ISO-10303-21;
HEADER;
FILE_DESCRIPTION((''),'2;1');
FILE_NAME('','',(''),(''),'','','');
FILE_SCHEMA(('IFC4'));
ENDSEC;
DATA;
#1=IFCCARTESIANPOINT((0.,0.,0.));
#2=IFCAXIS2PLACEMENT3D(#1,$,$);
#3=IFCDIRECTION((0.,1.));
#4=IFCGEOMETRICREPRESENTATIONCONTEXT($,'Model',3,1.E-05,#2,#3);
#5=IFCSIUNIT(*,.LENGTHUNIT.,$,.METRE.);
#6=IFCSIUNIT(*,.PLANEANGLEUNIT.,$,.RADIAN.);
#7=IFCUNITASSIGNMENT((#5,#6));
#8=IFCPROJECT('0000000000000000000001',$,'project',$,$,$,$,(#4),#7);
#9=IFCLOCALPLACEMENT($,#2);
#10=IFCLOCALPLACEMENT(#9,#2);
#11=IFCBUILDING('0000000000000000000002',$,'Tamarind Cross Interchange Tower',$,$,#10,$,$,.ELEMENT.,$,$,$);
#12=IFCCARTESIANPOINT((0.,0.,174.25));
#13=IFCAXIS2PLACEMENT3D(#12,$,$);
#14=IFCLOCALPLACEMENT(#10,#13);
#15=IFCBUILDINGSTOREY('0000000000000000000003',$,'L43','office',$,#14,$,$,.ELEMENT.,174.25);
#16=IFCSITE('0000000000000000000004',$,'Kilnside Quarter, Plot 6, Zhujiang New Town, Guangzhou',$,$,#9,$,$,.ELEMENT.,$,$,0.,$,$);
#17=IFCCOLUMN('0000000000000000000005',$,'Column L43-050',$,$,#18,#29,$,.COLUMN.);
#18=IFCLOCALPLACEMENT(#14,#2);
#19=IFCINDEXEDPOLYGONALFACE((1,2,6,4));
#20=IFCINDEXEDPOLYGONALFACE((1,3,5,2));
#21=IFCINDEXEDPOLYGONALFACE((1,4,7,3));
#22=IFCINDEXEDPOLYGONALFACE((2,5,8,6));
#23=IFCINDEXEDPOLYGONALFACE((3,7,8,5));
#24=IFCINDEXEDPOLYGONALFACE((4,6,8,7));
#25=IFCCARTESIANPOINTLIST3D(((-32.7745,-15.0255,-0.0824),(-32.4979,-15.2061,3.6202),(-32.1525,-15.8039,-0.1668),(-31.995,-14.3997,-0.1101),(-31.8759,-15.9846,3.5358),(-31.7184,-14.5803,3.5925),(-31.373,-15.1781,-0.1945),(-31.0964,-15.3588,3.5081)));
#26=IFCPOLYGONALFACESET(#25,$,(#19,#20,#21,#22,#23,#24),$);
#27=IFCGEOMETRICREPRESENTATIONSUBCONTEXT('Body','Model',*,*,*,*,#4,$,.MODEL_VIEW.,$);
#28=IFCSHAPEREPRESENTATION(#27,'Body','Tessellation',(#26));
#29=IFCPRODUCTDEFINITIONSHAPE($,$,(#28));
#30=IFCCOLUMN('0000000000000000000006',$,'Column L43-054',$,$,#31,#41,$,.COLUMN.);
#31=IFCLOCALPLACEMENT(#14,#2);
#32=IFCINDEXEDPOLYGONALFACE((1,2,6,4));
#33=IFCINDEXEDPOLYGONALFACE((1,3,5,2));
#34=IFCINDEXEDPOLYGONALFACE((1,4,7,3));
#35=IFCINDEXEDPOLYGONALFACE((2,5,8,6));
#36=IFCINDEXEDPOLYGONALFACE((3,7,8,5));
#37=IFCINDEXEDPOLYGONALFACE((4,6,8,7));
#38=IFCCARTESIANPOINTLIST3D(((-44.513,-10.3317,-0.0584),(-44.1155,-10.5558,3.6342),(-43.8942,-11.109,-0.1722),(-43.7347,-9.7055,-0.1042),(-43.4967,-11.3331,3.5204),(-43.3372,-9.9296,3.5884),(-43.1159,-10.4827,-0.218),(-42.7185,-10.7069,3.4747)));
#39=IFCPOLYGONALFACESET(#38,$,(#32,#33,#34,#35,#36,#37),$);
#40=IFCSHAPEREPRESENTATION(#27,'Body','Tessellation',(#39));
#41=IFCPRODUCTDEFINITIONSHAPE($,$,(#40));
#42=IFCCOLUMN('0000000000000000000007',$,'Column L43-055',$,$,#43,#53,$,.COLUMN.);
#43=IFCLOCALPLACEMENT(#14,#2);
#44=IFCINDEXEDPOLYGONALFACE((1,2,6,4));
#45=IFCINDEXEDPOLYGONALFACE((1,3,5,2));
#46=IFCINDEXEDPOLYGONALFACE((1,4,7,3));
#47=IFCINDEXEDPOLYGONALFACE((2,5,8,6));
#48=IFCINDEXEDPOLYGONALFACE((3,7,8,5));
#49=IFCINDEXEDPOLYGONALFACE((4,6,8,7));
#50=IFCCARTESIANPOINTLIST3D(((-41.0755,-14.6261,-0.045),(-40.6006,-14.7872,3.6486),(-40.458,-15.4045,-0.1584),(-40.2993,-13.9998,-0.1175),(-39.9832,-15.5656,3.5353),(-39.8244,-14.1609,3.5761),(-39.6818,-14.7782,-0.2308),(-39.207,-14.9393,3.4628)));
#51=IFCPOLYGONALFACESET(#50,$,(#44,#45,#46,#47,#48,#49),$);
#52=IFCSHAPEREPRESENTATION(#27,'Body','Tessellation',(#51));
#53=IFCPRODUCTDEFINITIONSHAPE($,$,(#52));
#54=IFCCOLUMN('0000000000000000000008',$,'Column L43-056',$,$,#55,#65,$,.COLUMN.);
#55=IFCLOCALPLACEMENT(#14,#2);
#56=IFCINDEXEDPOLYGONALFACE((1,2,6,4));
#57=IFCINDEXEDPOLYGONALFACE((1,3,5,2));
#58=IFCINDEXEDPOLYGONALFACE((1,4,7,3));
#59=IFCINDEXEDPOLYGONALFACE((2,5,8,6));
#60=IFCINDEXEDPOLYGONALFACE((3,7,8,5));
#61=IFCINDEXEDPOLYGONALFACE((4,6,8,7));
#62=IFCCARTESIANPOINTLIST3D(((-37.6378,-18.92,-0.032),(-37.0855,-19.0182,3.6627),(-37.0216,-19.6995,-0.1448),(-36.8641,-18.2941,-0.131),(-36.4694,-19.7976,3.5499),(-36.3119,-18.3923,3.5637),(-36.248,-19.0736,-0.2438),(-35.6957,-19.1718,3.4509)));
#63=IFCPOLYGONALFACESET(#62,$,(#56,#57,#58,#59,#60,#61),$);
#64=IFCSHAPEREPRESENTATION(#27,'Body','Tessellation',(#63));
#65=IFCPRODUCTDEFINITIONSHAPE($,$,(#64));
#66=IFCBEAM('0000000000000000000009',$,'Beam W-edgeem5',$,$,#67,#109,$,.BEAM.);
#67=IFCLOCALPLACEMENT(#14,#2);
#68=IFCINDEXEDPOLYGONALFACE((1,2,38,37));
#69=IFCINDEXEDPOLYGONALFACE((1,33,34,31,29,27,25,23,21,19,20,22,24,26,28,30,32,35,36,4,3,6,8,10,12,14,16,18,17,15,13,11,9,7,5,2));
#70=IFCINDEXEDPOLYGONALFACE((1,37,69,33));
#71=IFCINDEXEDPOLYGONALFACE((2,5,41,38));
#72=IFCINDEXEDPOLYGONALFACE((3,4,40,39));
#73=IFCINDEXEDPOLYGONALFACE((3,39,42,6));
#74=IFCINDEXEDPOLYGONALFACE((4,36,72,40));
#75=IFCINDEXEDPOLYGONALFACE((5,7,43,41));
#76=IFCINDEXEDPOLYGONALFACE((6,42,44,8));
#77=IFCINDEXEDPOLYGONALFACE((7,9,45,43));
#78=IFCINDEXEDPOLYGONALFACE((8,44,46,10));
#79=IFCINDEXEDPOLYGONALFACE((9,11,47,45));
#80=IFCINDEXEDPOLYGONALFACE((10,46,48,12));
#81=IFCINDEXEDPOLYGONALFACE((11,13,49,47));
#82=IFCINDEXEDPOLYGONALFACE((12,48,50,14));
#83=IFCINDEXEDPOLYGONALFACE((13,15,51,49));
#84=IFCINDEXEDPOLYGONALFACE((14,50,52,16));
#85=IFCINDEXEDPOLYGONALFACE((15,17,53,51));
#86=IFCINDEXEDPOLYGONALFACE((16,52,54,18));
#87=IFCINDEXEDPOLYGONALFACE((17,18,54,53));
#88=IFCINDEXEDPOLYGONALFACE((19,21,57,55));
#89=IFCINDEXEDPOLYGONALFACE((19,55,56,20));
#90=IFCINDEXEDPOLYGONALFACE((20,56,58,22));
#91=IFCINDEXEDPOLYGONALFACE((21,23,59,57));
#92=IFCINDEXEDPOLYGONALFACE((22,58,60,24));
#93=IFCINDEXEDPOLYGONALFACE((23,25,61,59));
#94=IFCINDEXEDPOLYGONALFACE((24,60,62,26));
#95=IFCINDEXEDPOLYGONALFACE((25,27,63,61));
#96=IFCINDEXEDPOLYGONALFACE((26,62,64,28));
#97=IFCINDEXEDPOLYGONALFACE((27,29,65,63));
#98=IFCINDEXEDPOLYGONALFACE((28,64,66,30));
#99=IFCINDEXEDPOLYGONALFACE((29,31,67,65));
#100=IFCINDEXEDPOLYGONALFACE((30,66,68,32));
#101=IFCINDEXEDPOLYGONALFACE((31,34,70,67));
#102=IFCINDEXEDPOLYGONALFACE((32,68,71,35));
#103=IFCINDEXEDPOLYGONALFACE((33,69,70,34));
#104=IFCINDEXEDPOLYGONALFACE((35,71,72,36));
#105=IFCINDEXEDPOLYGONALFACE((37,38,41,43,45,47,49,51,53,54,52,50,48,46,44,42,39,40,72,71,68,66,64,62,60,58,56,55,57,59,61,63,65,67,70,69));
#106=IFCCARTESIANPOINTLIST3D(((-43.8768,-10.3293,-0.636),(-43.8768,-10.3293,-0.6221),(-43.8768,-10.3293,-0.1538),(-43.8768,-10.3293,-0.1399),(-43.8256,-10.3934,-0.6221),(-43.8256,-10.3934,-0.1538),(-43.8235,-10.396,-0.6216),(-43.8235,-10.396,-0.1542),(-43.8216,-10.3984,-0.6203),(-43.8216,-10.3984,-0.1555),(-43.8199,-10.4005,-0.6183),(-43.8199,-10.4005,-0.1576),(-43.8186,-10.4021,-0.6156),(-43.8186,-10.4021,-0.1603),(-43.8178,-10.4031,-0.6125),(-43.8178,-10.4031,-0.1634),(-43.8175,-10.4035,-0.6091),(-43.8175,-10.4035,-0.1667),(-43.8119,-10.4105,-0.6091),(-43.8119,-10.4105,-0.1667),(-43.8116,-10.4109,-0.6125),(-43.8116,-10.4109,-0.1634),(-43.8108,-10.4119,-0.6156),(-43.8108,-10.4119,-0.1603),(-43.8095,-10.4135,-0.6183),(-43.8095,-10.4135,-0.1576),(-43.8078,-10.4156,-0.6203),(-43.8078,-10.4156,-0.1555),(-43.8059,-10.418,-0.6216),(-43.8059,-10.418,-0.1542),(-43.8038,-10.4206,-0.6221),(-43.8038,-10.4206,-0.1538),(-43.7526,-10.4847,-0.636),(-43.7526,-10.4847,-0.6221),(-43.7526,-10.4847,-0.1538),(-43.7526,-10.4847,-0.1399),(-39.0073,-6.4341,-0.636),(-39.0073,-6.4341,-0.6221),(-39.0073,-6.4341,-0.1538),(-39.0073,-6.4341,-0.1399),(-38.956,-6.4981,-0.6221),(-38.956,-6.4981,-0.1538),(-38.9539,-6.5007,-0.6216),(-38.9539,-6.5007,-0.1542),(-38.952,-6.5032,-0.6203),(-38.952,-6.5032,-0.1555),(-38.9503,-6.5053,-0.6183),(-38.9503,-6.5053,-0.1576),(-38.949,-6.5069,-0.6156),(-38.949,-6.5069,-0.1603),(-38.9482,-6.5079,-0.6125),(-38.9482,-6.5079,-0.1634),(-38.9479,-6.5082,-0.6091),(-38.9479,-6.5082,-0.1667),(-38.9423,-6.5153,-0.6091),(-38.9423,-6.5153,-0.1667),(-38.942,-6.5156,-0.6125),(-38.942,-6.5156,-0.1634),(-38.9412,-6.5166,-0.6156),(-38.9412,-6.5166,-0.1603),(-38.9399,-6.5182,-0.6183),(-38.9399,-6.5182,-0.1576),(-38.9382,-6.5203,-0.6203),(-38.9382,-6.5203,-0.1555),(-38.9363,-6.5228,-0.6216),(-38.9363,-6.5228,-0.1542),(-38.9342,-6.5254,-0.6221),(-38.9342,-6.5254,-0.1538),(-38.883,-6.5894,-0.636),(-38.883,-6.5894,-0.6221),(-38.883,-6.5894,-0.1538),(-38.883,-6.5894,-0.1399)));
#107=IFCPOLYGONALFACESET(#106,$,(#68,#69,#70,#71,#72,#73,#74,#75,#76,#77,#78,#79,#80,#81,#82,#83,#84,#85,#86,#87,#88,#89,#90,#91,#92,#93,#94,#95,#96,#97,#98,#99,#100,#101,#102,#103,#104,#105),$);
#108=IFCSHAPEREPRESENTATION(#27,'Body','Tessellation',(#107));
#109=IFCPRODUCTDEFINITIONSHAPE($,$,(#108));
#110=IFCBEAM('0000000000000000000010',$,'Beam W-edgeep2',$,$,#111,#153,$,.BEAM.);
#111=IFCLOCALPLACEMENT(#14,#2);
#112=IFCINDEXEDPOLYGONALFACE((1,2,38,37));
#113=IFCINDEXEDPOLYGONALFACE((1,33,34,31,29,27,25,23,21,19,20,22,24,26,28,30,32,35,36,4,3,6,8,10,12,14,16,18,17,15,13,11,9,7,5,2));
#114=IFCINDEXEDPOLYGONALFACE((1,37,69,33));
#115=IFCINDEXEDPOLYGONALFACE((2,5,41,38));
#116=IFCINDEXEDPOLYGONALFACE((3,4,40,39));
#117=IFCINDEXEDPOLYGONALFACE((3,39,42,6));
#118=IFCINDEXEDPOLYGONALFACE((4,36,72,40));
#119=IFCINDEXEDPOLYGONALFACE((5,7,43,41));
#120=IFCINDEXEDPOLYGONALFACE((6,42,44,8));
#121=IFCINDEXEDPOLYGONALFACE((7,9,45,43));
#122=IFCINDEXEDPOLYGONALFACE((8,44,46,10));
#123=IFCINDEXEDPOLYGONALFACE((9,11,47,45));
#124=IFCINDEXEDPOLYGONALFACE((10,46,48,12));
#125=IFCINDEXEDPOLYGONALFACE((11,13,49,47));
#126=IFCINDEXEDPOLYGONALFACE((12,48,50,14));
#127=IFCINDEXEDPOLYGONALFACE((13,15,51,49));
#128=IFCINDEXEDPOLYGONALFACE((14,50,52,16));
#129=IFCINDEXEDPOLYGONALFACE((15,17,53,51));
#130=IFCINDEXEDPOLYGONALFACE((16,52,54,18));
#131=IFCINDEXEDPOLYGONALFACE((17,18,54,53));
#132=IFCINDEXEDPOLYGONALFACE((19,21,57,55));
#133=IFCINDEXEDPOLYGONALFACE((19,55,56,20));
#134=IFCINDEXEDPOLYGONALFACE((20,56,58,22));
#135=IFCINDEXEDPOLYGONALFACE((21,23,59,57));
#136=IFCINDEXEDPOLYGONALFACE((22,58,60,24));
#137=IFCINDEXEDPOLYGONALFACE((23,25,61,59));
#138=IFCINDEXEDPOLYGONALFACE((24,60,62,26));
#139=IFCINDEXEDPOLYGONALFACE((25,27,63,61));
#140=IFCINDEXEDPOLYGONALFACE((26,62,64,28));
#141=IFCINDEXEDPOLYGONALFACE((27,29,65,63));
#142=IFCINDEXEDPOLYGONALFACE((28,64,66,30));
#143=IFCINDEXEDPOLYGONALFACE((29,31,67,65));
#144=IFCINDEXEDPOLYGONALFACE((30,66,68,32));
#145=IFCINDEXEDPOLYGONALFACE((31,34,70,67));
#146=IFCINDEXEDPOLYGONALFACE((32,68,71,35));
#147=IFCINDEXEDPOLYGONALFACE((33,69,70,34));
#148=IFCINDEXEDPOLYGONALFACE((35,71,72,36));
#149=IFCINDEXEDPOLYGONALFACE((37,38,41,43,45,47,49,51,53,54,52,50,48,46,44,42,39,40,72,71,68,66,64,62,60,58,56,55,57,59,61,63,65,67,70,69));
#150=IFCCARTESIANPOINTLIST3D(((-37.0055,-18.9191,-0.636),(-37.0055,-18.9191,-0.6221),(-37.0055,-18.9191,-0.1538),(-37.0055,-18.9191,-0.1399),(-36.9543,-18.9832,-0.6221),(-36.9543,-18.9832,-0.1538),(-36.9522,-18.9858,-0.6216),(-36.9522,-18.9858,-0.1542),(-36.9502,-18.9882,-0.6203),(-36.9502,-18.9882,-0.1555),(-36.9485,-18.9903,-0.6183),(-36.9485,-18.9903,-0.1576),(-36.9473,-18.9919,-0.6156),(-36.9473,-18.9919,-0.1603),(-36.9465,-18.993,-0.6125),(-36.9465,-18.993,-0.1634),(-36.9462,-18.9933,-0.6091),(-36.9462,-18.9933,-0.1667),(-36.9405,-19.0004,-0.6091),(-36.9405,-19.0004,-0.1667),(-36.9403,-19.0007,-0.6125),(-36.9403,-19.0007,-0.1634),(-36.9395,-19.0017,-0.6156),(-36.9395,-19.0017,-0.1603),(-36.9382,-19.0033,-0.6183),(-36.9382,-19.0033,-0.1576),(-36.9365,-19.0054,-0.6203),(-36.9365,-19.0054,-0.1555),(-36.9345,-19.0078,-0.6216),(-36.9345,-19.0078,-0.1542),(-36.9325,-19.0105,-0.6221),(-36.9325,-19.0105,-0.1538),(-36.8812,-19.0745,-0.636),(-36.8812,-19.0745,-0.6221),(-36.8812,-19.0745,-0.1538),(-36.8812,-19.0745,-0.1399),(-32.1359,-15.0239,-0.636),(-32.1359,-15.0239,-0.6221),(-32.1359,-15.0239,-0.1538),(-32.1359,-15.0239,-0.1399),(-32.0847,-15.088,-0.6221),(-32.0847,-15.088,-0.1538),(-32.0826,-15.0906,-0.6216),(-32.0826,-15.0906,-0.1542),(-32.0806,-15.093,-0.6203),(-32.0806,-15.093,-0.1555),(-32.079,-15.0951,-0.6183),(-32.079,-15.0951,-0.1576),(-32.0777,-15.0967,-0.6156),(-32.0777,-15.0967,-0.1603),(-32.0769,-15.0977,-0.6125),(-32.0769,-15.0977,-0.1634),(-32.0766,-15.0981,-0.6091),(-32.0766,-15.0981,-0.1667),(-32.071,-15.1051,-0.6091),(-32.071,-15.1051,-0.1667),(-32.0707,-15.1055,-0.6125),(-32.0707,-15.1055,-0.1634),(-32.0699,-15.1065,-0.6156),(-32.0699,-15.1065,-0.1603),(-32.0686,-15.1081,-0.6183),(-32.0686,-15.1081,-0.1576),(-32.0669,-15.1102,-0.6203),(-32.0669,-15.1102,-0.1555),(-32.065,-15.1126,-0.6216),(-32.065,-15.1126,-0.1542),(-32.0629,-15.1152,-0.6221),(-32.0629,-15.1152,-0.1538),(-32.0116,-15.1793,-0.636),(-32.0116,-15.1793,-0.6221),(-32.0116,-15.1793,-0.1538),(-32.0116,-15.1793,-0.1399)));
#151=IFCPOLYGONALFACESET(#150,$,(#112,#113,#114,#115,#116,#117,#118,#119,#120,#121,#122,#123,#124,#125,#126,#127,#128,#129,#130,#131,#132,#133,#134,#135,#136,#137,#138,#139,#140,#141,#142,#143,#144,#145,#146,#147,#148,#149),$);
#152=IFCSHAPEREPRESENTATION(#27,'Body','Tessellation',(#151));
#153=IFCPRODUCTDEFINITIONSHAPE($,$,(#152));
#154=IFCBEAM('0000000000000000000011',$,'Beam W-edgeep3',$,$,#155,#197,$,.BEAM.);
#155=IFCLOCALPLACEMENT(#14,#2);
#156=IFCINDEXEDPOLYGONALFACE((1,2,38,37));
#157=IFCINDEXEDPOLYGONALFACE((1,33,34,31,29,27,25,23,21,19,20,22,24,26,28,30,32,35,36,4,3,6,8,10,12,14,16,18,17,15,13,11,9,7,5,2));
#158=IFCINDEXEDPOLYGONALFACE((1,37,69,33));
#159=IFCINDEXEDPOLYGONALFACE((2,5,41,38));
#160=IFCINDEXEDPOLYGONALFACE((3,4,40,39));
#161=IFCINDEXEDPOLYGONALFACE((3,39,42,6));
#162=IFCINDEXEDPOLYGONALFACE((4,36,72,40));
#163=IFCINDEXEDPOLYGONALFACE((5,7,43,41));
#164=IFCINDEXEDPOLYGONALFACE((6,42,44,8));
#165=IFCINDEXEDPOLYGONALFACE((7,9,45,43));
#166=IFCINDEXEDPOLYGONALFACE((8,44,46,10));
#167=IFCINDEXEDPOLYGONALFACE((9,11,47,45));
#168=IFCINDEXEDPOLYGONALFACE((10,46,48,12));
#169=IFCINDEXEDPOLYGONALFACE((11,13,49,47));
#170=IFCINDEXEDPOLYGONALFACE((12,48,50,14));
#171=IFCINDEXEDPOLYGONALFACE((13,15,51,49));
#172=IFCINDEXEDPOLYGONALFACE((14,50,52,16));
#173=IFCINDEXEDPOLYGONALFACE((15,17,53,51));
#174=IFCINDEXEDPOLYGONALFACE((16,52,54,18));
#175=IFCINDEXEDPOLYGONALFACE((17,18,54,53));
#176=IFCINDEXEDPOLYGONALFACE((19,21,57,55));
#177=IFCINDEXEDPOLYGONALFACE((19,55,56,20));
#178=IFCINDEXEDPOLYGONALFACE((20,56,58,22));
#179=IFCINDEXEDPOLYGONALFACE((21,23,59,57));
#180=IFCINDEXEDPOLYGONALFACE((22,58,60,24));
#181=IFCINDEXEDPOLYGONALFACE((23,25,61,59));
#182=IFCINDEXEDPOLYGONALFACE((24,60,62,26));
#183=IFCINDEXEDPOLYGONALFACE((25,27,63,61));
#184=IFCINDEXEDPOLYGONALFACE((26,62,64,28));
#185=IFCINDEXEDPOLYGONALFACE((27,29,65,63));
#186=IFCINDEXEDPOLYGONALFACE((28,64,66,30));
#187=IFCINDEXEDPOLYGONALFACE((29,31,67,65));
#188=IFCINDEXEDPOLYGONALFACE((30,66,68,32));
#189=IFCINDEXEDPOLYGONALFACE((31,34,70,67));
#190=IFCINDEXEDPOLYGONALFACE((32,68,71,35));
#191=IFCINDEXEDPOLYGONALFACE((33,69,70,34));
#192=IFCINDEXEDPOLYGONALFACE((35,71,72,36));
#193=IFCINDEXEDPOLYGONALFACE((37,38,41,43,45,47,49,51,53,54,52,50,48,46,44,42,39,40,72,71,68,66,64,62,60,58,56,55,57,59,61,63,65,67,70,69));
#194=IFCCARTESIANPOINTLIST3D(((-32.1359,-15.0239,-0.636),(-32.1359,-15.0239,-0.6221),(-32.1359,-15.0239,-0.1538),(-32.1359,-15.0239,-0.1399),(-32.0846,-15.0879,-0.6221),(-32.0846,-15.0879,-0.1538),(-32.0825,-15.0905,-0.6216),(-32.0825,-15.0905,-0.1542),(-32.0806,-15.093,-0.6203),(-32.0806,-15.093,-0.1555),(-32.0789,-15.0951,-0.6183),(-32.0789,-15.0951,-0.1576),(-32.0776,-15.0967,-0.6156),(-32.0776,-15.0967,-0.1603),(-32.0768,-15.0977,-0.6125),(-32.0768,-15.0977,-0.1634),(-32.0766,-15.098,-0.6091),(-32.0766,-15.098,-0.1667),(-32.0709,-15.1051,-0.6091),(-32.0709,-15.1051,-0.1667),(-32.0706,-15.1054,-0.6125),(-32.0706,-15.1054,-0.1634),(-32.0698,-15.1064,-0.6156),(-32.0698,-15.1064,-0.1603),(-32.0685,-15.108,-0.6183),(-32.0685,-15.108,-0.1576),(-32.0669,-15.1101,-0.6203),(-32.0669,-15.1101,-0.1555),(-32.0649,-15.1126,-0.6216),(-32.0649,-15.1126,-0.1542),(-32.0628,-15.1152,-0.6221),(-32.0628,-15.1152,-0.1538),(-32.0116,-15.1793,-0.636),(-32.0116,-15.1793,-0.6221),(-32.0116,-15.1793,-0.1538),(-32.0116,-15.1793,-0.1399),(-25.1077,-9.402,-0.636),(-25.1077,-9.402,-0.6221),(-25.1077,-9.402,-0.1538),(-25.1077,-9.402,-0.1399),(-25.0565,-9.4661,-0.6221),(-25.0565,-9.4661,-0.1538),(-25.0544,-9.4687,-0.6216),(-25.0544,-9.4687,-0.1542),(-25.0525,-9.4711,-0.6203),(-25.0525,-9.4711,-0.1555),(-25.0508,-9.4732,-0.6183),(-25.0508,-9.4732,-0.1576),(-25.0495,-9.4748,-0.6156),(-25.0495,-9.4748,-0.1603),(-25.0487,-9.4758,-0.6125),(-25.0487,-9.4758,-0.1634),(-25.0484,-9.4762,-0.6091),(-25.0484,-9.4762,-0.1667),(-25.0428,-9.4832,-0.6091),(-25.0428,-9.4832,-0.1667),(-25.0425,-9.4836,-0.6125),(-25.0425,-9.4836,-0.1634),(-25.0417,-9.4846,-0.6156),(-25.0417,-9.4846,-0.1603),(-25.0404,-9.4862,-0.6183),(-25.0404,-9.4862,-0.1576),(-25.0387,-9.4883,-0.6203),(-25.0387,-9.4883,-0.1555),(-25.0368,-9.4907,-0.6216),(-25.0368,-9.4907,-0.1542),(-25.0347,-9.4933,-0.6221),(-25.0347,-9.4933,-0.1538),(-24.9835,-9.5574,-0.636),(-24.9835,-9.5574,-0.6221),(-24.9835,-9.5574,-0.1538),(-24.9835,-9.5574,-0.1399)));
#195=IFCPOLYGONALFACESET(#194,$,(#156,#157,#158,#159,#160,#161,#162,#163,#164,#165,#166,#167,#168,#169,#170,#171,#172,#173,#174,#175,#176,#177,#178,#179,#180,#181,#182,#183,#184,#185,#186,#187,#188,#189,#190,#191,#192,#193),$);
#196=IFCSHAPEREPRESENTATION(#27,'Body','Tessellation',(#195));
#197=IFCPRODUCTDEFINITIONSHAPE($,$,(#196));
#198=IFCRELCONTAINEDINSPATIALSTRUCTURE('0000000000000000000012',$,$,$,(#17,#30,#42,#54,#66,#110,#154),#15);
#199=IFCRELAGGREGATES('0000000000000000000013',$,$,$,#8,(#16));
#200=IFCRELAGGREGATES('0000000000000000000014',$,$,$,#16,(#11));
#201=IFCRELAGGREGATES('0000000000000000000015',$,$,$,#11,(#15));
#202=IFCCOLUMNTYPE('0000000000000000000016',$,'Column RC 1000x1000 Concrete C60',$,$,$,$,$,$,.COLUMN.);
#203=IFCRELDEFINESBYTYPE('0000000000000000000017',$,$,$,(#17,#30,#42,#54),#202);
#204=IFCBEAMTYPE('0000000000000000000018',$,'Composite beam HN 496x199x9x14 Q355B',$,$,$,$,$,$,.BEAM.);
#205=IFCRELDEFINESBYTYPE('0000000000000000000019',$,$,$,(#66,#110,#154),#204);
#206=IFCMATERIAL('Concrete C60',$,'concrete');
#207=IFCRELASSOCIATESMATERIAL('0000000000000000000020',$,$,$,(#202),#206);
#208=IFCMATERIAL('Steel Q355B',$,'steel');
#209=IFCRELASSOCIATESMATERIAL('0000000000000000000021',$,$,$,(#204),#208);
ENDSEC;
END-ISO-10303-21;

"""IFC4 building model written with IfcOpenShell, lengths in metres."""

from ifc_helpers import new_model, si_unit, direction, frame, origin, origin_2d, place, context, subcontext, project, spatial, rectangle, i_section, extrude, material, material_profile, profile_set, type_object, element, save


model = new_model("IFC4")

# Units and contexts
model_context = context("Model", 3, precision=1e-05, world=origin(), true_north=direction((0.0, 1.0)))
body_context = subcontext(model_context, "Body", "Model", "MODEL_VIEW")
ifc_project = project(units=[si_unit("LENGTHUNIT", "METRE"), si_unit("PLANEANGLEUNIT", "RADIAN")], contexts=[model_context])

# Site, building, storey
site_placement = place(None, origin())
site = spatial("IfcSite", under=ifc_project, at=site_placement, Name="Kilnside Quarter, Plot 6, Zhujiang New Town, Guangzhou", CompositionType="ELEMENT", RefElevation=0.0)
building_placement = place(site_placement, origin())
building = spatial("IfcBuilding", under=site, at=building_placement, Name="Tamarind Cross Interchange Tower", CompositionType="ELEMENT")
storey_placement = place(building_placement, frame((0.0, 0.0, 174.25)))
storey = spatial("IfcBuildingStorey", under=building, at=storey_placement, Name="L43", Description="office", CompositionType="ELEMENT", Elevation=174.25)

# Columns
ifc_material_1 = material(Name="Concrete C60", Category="concrete")
ifc_material_profile_1 = material_profile(ifc_material_1, rectangle(XDim=1.0, YDim=1.0, at=origin_2d()), Name="RC 1000x1000")
ifc_profile_set_1 = profile_set([ifc_material_profile_1], Name="Concrete C60")
column_type = type_object("IfcColumnType", Name="Column RC 1000x1000 Concrete C60", PredefinedType="COLUMN", material=ifc_profile_set_1)
column_1_placement = place(storey_placement, frame((-32.0737, -15.1018, -0.1384), z_axis=(0.074411, -0.0486, 0.996043), x_axis=(-0.621975, 0.77847, 0.08445)))
element("IfcColumn", 1, at=column_1_placement, inside=storey, type_object=column_type, Name="Column L43-050", PredefinedType="COLUMN", context=body_context, shape_type="SweptSolid", body=[
    extrude(rectangle(XDim=1.0, YDim=1.0, at=origin_2d()), origin(), (0.0, 0.0, 1.0), 3.7173),
])
column_2_placement = place(storey_placement, frame((-43.8145, -10.4072, -0.1382), z_axis=(0.106824, -0.060236, 0.992452), x_axis=(-0.618771, 0.777288, 0.113779)))
element("IfcColumn", 2, at=column_2_placement, inside=storey, type_object=column_type, Name="Column L43-054", PredefinedType="COLUMN", context=body_context, shape_type="SweptSolid", body=[
    extrude(rectangle(XDim=1.0, YDim=1.0, at=origin_2d()), origin(), (0.0, 0.0, 1.0), 3.7207),
])
column_3_placement = place(storey_placement, frame((-40.3787, -14.7021, -0.1379), z_axis=(0.127392, -0.043228, 0.99091), x_axis=(-0.61745, 0.778402, 0.113338)))
element("IfcColumn", 3, at=column_3_placement, inside=storey, type_object=column_type, Name="Column L43-055", PredefinedType="COLUMN", context=body_context, shape_type="SweptSolid", body=[
    extrude(rectangle(XDim=1.0, YDim=1.0, at=origin_2d()), origin(), (0.0, 0.0, 1.0), 3.7275),
])
column_4_placement = place(storey_placement, frame((-36.9429, -18.9968, -0.1379), z_axis=(0.147772, -0.026262, 0.988673), x_axis=(-0.616173, 0.779491, 0.112802)))
element("IfcColumn", 4, at=column_4_placement, inside=storey, type_object=column_type, Name="Column L43-056", PredefinedType="COLUMN", context=body_context, shape_type="SweptSolid", body=[
    extrude(rectangle(XDim=1.0, YDim=1.0, at=origin_2d()), origin(), (0.0, 0.0, 1.0), 3.7371),
])

# Beams
ifc_material_2 = material(Name="Steel Q355B", Category="steel")
ifc_material_profile_2 = material_profile(ifc_material_2, i_section(OverallWidth=0.199, OverallDepth=0.4961, WebThickness=0.009, FlangeThickness=0.0139, FilletRadius=0.0129, at=origin_2d()), Name="HN 496x199x9x14")
ifc_profile_set_2 = profile_set([ifc_material_profile_2], Name="Steel Q355B")
beam_type_1 = type_object("IfcBeamType", Name="Composite beam HN 496x199x9x14 Q355B", PredefinedType="BEAM", material=ifc_profile_set_2)
for number, where, z_axis, x_axis, name in (
    (5, (-43.8147, -10.407, -0.3879), (0.780903, 0.624652, 0.0), (-0.624652, 0.780903, 0.0), "Beam W-edgeem5"),
    (6, (-36.9434, -18.9968, -0.3879), (0.780903, 0.624652, 0.0), (-0.624652, 0.780903, 0.0), "Beam W-edgeep2"),
):
    element("IfcBeam", number, at=place(storey_placement, frame(where, z_axis=z_axis, x_axis=x_axis)), inside=storey, type_object=beam_type_1, Name=name, PredefinedType="BEAM", context=body_context, shape_type="SweptSolid", body=[
        extrude(i_section(OverallWidth=0.199, OverallDepth=0.4961, WebThickness=0.009, FlangeThickness=0.0139, FilletRadius=0.0129, at=origin_2d()), origin(), (0.0, 0.0, 1.0), 6.2358),
    ])
beam_placement = place(storey_placement, frame((-32.0737, -15.1016, -0.3879), z_axis=(0.780903, 0.624652, 0.0), x_axis=(-0.624652, 0.780903, 0.0)))
element("IfcBeam", 7, at=beam_placement, inside=storey, type_object=beam_type_1, Name="Beam W-edgeep3", PredefinedType="BEAM", context=body_context, shape_type="SweptSolid", body=[
    extrude(i_section(OverallWidth=0.199, OverallDepth=0.4961, WebThickness=0.009, FlangeThickness=0.0139, FilletRadius=0.0129, at=origin_2d()), origin(), (0.0, 0.0, 1.0), 9.0),
])

save(model, "model.ifc")
